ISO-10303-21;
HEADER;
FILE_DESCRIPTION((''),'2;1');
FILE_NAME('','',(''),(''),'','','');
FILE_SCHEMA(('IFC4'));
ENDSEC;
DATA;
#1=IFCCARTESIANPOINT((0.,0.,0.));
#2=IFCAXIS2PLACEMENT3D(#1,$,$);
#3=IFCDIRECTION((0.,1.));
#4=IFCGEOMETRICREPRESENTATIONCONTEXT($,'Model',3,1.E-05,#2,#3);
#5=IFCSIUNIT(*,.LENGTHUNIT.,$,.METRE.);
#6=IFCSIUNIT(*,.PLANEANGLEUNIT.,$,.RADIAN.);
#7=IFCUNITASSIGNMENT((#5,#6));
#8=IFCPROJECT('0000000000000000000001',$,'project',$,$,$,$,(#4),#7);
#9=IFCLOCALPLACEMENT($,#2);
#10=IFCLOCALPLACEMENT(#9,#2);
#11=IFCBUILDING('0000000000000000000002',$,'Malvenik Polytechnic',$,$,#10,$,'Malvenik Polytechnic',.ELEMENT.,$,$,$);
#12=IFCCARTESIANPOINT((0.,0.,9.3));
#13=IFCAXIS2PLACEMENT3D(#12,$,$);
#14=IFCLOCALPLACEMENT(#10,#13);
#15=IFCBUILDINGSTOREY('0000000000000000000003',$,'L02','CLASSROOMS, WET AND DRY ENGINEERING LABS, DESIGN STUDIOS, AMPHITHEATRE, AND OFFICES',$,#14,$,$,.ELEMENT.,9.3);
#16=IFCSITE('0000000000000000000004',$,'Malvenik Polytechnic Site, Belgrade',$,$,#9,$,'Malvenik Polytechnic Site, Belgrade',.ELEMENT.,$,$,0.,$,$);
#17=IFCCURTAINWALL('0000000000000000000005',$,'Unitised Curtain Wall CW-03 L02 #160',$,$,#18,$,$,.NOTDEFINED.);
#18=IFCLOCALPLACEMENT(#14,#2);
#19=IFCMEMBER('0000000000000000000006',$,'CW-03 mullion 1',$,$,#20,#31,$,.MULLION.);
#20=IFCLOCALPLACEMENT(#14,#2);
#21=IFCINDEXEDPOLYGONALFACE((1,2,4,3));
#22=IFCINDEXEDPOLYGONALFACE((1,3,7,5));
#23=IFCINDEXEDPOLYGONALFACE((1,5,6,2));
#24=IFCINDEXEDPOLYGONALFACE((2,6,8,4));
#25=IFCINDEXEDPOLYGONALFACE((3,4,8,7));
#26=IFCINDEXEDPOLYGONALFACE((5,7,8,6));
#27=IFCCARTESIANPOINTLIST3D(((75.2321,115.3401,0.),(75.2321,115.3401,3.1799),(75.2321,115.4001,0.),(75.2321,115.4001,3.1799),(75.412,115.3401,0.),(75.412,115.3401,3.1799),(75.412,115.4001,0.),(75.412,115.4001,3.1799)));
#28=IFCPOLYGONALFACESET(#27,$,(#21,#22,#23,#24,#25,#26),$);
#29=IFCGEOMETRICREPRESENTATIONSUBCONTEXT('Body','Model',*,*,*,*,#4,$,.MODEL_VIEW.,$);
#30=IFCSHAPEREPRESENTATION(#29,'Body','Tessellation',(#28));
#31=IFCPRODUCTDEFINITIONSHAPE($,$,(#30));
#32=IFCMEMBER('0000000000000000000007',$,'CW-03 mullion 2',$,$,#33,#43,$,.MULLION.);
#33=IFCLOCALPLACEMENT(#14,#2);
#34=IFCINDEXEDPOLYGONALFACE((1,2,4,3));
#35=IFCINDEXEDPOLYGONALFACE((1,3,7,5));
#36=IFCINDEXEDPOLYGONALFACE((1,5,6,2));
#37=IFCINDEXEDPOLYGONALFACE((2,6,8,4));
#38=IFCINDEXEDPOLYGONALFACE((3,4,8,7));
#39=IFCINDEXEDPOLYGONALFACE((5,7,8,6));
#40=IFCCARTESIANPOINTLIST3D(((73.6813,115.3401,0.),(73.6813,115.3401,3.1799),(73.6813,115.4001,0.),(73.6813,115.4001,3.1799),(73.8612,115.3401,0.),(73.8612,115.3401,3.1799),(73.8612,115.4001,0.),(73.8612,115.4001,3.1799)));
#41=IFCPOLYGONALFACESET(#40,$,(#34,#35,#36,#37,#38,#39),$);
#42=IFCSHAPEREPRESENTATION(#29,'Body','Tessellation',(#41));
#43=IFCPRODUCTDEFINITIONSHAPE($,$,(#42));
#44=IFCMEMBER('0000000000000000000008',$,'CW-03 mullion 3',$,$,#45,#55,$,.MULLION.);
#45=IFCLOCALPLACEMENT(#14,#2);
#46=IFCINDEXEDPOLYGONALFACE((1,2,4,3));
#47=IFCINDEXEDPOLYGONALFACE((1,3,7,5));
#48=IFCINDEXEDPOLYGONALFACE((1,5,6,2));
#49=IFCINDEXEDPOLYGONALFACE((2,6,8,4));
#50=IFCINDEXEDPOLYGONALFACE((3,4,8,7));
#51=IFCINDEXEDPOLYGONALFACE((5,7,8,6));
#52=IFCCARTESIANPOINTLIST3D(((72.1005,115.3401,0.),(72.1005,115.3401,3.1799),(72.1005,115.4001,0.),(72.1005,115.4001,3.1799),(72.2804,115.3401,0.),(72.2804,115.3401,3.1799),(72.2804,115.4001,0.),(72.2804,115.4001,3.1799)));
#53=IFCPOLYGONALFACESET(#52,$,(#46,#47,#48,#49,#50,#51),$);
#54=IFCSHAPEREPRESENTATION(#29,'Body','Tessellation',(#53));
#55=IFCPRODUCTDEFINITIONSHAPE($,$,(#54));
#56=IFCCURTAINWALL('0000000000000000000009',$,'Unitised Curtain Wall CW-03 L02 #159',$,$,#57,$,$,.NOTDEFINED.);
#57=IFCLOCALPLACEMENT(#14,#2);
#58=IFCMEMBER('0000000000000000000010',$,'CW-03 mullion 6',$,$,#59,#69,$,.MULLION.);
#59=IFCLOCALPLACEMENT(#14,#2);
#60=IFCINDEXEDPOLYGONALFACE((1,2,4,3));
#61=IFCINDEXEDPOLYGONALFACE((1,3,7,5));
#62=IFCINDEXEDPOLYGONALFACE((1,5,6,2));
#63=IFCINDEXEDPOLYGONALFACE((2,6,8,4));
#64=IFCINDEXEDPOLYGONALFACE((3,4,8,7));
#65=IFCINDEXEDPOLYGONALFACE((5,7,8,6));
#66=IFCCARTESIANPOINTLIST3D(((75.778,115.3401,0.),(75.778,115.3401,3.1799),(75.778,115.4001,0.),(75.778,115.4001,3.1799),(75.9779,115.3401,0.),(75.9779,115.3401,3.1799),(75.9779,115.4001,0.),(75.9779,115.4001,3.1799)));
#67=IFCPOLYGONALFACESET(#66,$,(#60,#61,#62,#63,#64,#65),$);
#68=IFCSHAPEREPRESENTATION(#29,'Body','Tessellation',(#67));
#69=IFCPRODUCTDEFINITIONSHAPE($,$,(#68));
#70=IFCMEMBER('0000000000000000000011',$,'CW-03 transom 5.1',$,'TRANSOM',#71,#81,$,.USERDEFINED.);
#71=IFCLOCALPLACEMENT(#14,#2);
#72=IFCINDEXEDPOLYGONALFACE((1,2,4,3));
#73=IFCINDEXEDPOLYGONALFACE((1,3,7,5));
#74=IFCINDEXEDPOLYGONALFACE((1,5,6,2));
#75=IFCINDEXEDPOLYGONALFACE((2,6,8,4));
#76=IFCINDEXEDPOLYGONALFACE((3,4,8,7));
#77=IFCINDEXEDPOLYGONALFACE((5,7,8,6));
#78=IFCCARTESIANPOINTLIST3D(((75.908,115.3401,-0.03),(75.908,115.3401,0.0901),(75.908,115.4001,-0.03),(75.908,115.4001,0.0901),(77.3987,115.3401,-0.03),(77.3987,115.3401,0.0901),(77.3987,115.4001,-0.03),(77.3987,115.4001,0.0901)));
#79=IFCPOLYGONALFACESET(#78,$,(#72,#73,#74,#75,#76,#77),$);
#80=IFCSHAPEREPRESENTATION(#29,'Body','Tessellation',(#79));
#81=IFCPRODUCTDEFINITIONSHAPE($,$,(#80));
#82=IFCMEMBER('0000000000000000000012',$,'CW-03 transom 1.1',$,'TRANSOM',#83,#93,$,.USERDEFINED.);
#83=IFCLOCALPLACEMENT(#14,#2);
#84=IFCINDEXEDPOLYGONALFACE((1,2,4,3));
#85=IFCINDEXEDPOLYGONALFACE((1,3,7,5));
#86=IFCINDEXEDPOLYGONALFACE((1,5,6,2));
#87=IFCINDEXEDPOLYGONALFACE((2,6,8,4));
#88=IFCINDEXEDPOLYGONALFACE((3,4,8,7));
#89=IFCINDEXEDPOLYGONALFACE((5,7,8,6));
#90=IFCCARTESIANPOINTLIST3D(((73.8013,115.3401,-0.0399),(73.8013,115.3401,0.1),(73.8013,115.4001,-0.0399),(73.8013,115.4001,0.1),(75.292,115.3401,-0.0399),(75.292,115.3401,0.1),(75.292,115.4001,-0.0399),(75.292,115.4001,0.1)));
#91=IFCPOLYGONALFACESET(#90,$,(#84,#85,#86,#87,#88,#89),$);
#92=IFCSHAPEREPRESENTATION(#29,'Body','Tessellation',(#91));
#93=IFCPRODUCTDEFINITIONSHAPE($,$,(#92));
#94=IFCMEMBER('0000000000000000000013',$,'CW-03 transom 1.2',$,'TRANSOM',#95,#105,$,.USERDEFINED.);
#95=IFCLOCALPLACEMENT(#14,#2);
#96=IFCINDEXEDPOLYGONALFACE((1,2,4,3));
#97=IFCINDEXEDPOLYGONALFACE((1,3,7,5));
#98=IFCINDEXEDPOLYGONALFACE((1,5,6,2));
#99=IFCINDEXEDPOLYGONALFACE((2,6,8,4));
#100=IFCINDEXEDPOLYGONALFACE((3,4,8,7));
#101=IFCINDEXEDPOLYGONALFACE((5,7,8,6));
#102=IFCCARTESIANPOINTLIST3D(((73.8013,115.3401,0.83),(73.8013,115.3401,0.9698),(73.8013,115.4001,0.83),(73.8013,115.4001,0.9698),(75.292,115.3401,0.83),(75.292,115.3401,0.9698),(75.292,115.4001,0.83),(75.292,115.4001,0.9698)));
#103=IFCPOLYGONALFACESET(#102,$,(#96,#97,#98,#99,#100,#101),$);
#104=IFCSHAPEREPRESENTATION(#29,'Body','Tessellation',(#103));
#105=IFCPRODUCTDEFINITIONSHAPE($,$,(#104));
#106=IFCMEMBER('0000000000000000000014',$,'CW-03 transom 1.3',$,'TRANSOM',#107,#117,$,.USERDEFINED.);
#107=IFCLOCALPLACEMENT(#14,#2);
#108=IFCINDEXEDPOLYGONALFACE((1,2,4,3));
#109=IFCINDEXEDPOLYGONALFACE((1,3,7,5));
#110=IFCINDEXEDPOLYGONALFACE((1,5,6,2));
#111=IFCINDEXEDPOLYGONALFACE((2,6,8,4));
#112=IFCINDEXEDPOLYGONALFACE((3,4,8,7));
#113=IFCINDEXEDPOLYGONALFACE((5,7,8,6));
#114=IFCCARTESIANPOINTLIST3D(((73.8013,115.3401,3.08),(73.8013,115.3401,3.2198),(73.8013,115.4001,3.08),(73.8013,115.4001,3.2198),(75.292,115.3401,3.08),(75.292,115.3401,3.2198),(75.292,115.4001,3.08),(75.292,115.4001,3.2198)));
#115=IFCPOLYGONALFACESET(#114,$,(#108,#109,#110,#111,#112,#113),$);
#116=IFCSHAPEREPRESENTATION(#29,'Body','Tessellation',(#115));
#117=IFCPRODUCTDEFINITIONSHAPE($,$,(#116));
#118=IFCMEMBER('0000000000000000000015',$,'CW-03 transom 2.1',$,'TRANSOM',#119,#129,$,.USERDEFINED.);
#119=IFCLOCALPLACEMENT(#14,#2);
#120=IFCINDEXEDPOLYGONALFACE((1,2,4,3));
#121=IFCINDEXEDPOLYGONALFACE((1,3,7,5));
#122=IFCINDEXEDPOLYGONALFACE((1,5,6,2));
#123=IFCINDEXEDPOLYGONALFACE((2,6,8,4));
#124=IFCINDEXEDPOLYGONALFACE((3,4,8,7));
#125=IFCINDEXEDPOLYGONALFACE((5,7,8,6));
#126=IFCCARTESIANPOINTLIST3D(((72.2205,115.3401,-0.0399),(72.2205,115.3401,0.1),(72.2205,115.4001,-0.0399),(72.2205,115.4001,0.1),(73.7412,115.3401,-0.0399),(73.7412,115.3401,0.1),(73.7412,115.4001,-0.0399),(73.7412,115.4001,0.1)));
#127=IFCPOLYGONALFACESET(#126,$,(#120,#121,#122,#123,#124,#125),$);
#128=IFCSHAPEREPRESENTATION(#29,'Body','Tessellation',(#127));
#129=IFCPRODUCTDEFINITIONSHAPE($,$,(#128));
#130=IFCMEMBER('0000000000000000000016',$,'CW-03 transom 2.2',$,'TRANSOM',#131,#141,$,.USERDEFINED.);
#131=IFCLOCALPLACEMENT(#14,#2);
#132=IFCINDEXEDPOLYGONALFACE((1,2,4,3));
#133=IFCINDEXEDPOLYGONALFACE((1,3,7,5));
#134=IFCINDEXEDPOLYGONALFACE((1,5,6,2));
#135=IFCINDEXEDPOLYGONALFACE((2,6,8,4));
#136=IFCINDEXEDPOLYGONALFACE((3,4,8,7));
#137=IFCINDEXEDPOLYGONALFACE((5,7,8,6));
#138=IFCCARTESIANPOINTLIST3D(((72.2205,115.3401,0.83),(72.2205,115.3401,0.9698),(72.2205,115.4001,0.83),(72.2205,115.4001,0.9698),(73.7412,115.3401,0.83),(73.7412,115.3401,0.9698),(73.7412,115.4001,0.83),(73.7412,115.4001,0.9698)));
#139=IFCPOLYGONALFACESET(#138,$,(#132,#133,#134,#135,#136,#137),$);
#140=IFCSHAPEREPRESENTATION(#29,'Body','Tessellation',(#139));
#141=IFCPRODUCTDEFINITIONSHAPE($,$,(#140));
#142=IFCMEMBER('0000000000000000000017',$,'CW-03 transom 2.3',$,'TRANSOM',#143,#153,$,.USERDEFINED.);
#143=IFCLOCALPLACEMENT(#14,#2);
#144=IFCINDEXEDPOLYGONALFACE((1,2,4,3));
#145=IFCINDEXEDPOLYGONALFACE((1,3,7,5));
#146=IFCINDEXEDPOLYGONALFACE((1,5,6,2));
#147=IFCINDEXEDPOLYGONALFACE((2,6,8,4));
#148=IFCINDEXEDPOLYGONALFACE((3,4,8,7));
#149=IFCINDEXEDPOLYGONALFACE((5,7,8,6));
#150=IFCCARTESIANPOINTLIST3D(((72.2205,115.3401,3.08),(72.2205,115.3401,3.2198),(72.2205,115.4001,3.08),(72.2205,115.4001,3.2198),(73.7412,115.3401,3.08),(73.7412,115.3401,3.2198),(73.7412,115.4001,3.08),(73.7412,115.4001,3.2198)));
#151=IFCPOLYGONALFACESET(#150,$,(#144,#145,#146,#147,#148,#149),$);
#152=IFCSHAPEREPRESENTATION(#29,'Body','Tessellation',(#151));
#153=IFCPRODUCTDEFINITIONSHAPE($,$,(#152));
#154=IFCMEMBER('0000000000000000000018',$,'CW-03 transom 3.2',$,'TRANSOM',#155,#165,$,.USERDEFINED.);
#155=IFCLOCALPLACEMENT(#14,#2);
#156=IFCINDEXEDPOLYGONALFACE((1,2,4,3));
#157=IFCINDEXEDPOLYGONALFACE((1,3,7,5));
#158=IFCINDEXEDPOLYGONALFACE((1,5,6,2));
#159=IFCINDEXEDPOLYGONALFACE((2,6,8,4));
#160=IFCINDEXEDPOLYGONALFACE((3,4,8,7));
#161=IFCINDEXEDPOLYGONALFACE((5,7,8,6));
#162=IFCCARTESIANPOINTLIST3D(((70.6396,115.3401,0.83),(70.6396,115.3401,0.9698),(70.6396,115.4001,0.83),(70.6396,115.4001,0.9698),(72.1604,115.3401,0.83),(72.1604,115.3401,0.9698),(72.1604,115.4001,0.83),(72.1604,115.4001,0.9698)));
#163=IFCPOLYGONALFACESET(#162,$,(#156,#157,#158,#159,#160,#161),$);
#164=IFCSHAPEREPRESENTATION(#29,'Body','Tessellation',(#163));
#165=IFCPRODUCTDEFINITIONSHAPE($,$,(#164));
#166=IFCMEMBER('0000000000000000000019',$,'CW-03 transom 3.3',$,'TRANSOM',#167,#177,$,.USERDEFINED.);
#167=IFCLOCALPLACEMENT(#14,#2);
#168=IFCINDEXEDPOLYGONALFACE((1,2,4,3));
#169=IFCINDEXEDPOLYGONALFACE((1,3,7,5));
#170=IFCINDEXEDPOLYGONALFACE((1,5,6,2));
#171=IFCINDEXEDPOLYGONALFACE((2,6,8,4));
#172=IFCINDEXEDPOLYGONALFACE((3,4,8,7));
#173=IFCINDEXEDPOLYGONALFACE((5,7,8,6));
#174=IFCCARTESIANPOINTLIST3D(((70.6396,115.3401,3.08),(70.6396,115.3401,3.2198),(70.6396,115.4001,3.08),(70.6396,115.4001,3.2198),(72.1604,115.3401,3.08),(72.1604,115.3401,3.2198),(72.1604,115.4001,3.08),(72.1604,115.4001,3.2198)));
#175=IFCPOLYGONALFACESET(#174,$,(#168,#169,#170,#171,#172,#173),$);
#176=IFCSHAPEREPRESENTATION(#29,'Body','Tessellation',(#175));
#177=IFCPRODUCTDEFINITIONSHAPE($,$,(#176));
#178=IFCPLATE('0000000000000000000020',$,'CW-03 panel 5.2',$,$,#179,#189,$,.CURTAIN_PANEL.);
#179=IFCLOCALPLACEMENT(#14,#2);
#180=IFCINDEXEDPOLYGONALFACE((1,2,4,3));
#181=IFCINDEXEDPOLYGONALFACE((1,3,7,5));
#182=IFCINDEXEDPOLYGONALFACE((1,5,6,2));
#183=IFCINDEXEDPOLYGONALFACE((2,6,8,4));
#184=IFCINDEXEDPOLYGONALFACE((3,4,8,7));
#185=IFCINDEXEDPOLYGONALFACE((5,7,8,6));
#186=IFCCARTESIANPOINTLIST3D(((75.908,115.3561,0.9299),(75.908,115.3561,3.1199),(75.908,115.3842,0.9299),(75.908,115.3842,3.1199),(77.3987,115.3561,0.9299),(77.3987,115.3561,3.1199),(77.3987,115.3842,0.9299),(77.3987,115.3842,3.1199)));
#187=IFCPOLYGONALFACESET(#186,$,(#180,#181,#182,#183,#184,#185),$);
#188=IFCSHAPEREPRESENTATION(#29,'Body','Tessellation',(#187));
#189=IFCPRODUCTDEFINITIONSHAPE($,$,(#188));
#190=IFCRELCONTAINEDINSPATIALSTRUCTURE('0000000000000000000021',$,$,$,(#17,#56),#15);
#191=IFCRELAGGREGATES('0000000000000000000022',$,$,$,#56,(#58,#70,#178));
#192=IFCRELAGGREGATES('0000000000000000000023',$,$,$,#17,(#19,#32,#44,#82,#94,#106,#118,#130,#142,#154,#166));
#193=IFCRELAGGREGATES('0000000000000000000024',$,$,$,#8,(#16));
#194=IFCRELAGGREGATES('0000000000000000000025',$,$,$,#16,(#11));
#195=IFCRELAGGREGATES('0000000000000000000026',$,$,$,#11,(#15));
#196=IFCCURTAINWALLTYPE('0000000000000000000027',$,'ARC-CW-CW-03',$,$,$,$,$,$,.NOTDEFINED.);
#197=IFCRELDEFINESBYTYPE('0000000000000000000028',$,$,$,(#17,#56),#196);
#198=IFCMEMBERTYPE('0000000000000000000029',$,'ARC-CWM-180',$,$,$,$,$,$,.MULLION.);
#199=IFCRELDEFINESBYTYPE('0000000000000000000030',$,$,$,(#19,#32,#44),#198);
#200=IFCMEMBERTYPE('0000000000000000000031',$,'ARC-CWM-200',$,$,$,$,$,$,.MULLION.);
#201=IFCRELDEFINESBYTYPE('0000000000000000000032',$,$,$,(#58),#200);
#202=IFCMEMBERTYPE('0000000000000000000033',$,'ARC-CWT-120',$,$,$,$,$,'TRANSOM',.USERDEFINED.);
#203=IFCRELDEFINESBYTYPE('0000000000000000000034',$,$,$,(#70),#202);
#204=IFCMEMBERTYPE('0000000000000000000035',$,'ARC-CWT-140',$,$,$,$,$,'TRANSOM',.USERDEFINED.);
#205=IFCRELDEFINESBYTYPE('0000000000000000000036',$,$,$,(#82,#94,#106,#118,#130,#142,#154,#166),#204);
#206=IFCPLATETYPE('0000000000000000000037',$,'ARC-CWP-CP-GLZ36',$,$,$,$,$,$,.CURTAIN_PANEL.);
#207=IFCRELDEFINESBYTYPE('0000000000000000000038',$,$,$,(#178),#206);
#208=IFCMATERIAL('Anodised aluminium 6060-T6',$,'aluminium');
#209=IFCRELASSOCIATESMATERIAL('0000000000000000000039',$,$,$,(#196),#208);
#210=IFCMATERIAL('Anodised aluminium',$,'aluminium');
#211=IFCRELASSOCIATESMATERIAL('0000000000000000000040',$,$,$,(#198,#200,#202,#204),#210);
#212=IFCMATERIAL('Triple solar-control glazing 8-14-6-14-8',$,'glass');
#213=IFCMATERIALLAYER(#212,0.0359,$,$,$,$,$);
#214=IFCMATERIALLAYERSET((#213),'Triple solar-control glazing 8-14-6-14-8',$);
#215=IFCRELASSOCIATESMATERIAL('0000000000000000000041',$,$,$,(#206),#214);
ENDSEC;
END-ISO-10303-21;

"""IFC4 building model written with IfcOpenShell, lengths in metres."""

from ifc_helpers import new_model, si_unit, direction, frame, origin, origin_2d, place, context, subcontext, project, spatial, rectangle, extrude, material, layer, layer_set, material_profile, profile_set, type_object, element, aggregate, save


model = new_model("IFC4")

# Units and contexts
model_context = context("Model", 3, precision=1e-05, world=origin(), true_north=direction((0.0, 1.0)))
body_context = subcontext(model_context, "Body", "Model", "MODEL_VIEW")
ifc_project = project(units=[si_unit("LENGTHUNIT", "METRE"), si_unit("PLANEANGLEUNIT", "RADIAN")], contexts=[model_context])

# Site, building, storey
site_placement = place(None, origin())
site = spatial("IfcSite", under=ifc_project, at=site_placement, Name="Malvenik Polytechnic Site, Belgrade", LongName="Malvenik Polytechnic Site, Belgrade", CompositionType="ELEMENT", RefElevation=0.0)
building_placement = place(site_placement, origin())
building = spatial("IfcBuilding", under=site, at=building_placement, Name="Malvenik Polytechnic", LongName="Malvenik Polytechnic", CompositionType="ELEMENT")
storey_placement = place(building_placement, frame((0.0, 0.0, 9.3)))
storey = spatial("IfcBuildingStorey", under=building, at=storey_placement, Name="L02", Description="CLASSROOMS, WET AND DRY ENGINEERING LABS, DESIGN STUDIOS, AMPHITHEATRE, AND OFFICES", CompositionType="ELEMENT", Elevation=9.3)

# Curtain walls, members
ifc_material_1 = material(Name="Anodised aluminium 6060-T6", Category="aluminium")
curtain_wall_type = type_object("IfcCurtainWallType", Name="ARC-CW-CW-03", PredefinedType="NOTDEFINED", material=ifc_material_1)
curtain_wall_1_placement = place(storey_placement, origin())
curtain_wall_1 = element("IfcCurtainWall", 1, at=curtain_wall_1_placement, inside=storey, type_object=curtain_wall_type, Name="Unitised Curtain Wall CW-03 L02 #160", PredefinedType="NOTDEFINED")
ifc_material_2 = material(Name="Anodised aluminium", Category="aluminium")
ifc_material_profile_1 = material_profile(ifc_material_2, rectangle(XDim=0.0601, YDim=0.1799, at=origin_2d()), Name="ALU MULLION 60x180")
ifc_profile_set_1 = profile_set([ifc_material_profile_1], Name="Anodised aluminium")
member_type_1 = type_object("IfcMemberType", Name="ARC-CWM-180", PredefinedType="MULLION", material=ifc_profile_set_1)
member_1_placement = place(storey_placement, frame((75.322, 115.3701, 0.0), z_axis=(0.0, 0.0, 1.0), x_axis=(0.0, -1.0, 0.0)))
member_1 = element("IfcMember", 2, at=member_1_placement, type_object=member_type_1, Name="CW-03 mullion 1", PredefinedType="MULLION", context=body_context, shape_type="SweptSolid", body=[
    extrude(rectangle(XDim=0.0601, YDim=0.1799, at=origin_2d()), origin(), (0.0, 0.0, 1.0), 3.1799),
])
member_2_placement = place(storey_placement, frame((73.7712, 115.3701, 0.0), z_axis=(0.0, 0.0, 1.0), x_axis=(0.0, -1.0, 0.0)))
member_2 = element("IfcMember", 3, at=member_2_placement, type_object=member_type_1, Name="CW-03 mullion 2", PredefinedType="MULLION", context=body_context, shape_type="SweptSolid", body=[
    extrude(rectangle(XDim=0.0601, YDim=0.1799, at=origin_2d()), origin(), (0.0, 0.0, 1.0), 3.1799),
])
member_3_placement = place(storey_placement, frame((72.1904, 115.3701, 0.0), z_axis=(0.0, 0.0, 1.0), x_axis=(0.0, -1.0, 0.0)))
member_3 = element("IfcMember", 4, at=member_3_placement, type_object=member_type_1, Name="CW-03 mullion 3", PredefinedType="MULLION", context=body_context, shape_type="SweptSolid", body=[
    extrude(rectangle(XDim=0.0601, YDim=0.1799, at=origin_2d()), origin(), (0.0, 0.0, 1.0), 3.1799),
])
curtain_wall_2_placement = place(storey_placement, origin())
curtain_wall_2 = element("IfcCurtainWall", 5, at=curtain_wall_2_placement, inside=storey, type_object=curtain_wall_type, Name="Unitised Curtain Wall CW-03 L02 #159", PredefinedType="NOTDEFINED")
ifc_material_profile_2 = material_profile(ifc_material_2, rectangle(XDim=0.0601, YDim=0.2, at=origin_2d()), Name="ALU MULLION 60x200")
ifc_profile_set_2 = profile_set([ifc_material_profile_2], Name="Anodised aluminium")
member_type_2 = type_object("IfcMemberType", Name="ARC-CWM-200", PredefinedType="MULLION", material=ifc_profile_set_2)
member_4_placement = place(storey_placement, frame((75.8779, 115.3701, 0.0), z_axis=(0.0, 0.0, 1.0), x_axis=(0.0, -1.0, 0.0)))
member_4 = element("IfcMember", 6, at=member_4_placement, type_object=member_type_2, Name="CW-03 mullion 6", PredefinedType="MULLION", context=body_context, shape_type="SweptSolid", body=[
    extrude(rectangle(XDim=0.0601, YDim=0.2, at=origin_2d()), origin(), (0.0, 0.0, 1.0), 3.1799),
])
ifc_material_profile_3 = material_profile(ifc_material_2, rectangle(XDim=0.0601, YDim=0.1201, at=origin_2d()), Name="ALU TRANSOM 60x120")
ifc_profile_set_3 = profile_set([ifc_material_profile_3], Name="Anodised aluminium")
member_type_3 = type_object("IfcMemberType", Name="ARC-CWT-120", ElementType="TRANSOM", PredefinedType="USERDEFINED", material=ifc_profile_set_3)
member_5_placement = place(storey_placement, frame((77.3987, 115.3701, 0.03), z_axis=(-1.0, 0.0, 0.0), x_axis=(0.0, -1.0, 0.0)))
member_5 = element("IfcMember", 7, at=member_5_placement, type_object=member_type_3, Name="CW-03 transom 5.1", ObjectType="TRANSOM", PredefinedType="USERDEFINED", context=body_context, shape_type="SweptSolid", body=[
    extrude(rectangle(XDim=0.0601, YDim=0.1201, at=origin_2d()), origin(), (0.0, 0.0, 1.0), 1.4907),
])

# Members
ifc_material_profile_4 = material_profile(ifc_material_2, rectangle(XDim=0.0601, YDim=0.1399, at=origin_2d()), Name="ALU TRANSOM 60x140")
ifc_profile_set_4 = profile_set([ifc_material_profile_4], Name="Anodised aluminium")
member_type_4 = type_object("IfcMemberType", Name="ARC-CWT-140", ElementType="TRANSOM", PredefinedType="USERDEFINED", material=ifc_profile_set_4)
member_6_placement = place(storey_placement, frame((75.292, 115.3701, 0.03), z_axis=(-1.0, 0.0, 0.0), x_axis=(0.0, -1.0, 0.0)))
member_6 = element("IfcMember", 8, at=member_6_placement, type_object=member_type_4, Name="CW-03 transom 1.1", ObjectType="TRANSOM", PredefinedType="USERDEFINED", context=body_context, shape_type="SweptSolid", body=[
    extrude(rectangle(XDim=0.0601, YDim=0.1399, at=origin_2d()), origin(), (0.0, 0.0, 1.0), 1.4907),
])
member_7_placement = place(storey_placement, frame((75.292, 115.3701, 0.8999), z_axis=(-1.0, 0.0, 0.0), x_axis=(0.0, -1.0, 0.0)))
member_7 = element("IfcMember", 9, at=member_7_placement, type_object=member_type_4, Name="CW-03 transom 1.2", ObjectType="TRANSOM", PredefinedType="USERDEFINED", context=body_context, shape_type="SweptSolid", body=[
    extrude(rectangle(XDim=0.0601, YDim=0.1399, at=origin_2d()), origin(), (0.0, 0.0, 1.0), 1.4907),
])
member_8_placement = place(storey_placement, frame((75.292, 115.3701, 3.1499), z_axis=(-1.0, 0.0, 0.0), x_axis=(0.0, -1.0, 0.0)))
member_8 = element("IfcMember", 10, at=member_8_placement, type_object=member_type_4, Name="CW-03 transom 1.3", ObjectType="TRANSOM", PredefinedType="USERDEFINED", context=body_context, shape_type="SweptSolid", body=[
    extrude(rectangle(XDim=0.0601, YDim=0.1399, at=origin_2d()), origin(), (0.0, 0.0, 1.0), 1.4907),
])
member_9_placement = place(storey_placement, frame((73.7412, 115.3701, 0.03), z_axis=(-1.0, 0.0, 0.0), x_axis=(0.0, -1.0, 0.0)))
member_9 = element("IfcMember", 11, at=member_9_placement, type_object=member_type_4, Name="CW-03 transom 2.1", ObjectType="TRANSOM", PredefinedType="USERDEFINED", context=body_context, shape_type="SweptSolid", body=[
    extrude(rectangle(XDim=0.0601, YDim=0.1399, at=origin_2d()), origin(), (0.0, 0.0, 1.0), 1.5208),
])
member_10_placement = place(storey_placement, frame((73.7412, 115.3701, 0.8999), z_axis=(-1.0, 0.0, 0.0), x_axis=(0.0, -1.0, 0.0)))
member_10 = element("IfcMember", 12, at=member_10_placement, type_object=member_type_4, Name="CW-03 transom 2.2", ObjectType="TRANSOM", PredefinedType="USERDEFINED", context=body_context, shape_type="SweptSolid", body=[
    extrude(rectangle(XDim=0.0601, YDim=0.1399, at=origin_2d()), origin(), (0.0, 0.0, 1.0), 1.5208),
])
member_11_placement = place(storey_placement, frame((73.7412, 115.3701, 3.1499), z_axis=(-1.0, 0.0, 0.0), x_axis=(0.0, -1.0, 0.0)))
member_11 = element("IfcMember", 13, at=member_11_placement, type_object=member_type_4, Name="CW-03 transom 2.3", ObjectType="TRANSOM", PredefinedType="USERDEFINED", context=body_context, shape_type="SweptSolid", body=[
    extrude(rectangle(XDim=0.0601, YDim=0.1399, at=origin_2d()), origin(), (0.0, 0.0, 1.0), 1.5208),
])
member_12_placement = place(storey_placement, frame((72.1604, 115.3701, 0.8999), z_axis=(-1.0, 0.0, 0.0), x_axis=(0.0, -1.0, 0.0)))
member_12 = element("IfcMember", 14, at=member_12_placement, type_object=member_type_4, Name="CW-03 transom 3.2", ObjectType="TRANSOM", PredefinedType="USERDEFINED", context=body_context, shape_type="SweptSolid", body=[
    extrude(rectangle(XDim=0.0601, YDim=0.1399, at=origin_2d()), origin(), (0.0, 0.0, 1.0), 1.5208),
])
member_13_placement = place(storey_placement, frame((72.1604, 115.3701, 3.1499), z_axis=(-1.0, 0.0, 0.0), x_axis=(0.0, -1.0, 0.0)))
member_13 = element("IfcMember", 15, at=member_13_placement, type_object=member_type_4, Name="CW-03 transom 3.3", ObjectType="TRANSOM", PredefinedType="USERDEFINED", context=body_context, shape_type="SweptSolid", body=[
    extrude(rectangle(XDim=0.0601, YDim=0.1399, at=origin_2d()), origin(), (0.0, 0.0, 1.0), 1.5208),
])

# Plate
ifc_material_3 = material(Name="Triple solar-control glazing 8-14-6-14-8", Category="glass")
ifc_layer_1 = layer(ifc_material_3, 0.0359)
ifc_layer_set_1 = layer_set([ifc_layer_1], Name="Triple solar-control glazing 8-14-6-14-8")
plate_type_1 = type_object("IfcPlateType", Name="ARC-CWP-CP-GLZ36", PredefinedType="CURTAIN_PANEL", material=ifc_layer_set_1)
plate_1_placement = place(storey_placement, frame((76.6533, 115.3701, 0.9299), z_axis=(0.0, 0.0, 1.0), x_axis=(-1.0, 0.0, 0.0)))
plate_1 = element("IfcPlate", 16, at=plate_1_placement, type_object=plate_type_1, Name="CW-03 panel 5.2", PredefinedType="CURTAIN_PANEL", context=body_context, shape_type="SweptSolid", body=[
    extrude(rectangle(XDim=1.4907, YDim=0.0281, at=origin_2d()), origin(), (0.0, 0.0, 1.0), 2.1899),
])
aggregate(curtain_wall_2, [member_4, member_5, plate_1])
aggregate(curtain_wall_1, [member_1, member_2, member_3, member_6, member_7, member_8, member_9, member_10, member_11, member_12, member_13])

save(model, "model.ifc")
